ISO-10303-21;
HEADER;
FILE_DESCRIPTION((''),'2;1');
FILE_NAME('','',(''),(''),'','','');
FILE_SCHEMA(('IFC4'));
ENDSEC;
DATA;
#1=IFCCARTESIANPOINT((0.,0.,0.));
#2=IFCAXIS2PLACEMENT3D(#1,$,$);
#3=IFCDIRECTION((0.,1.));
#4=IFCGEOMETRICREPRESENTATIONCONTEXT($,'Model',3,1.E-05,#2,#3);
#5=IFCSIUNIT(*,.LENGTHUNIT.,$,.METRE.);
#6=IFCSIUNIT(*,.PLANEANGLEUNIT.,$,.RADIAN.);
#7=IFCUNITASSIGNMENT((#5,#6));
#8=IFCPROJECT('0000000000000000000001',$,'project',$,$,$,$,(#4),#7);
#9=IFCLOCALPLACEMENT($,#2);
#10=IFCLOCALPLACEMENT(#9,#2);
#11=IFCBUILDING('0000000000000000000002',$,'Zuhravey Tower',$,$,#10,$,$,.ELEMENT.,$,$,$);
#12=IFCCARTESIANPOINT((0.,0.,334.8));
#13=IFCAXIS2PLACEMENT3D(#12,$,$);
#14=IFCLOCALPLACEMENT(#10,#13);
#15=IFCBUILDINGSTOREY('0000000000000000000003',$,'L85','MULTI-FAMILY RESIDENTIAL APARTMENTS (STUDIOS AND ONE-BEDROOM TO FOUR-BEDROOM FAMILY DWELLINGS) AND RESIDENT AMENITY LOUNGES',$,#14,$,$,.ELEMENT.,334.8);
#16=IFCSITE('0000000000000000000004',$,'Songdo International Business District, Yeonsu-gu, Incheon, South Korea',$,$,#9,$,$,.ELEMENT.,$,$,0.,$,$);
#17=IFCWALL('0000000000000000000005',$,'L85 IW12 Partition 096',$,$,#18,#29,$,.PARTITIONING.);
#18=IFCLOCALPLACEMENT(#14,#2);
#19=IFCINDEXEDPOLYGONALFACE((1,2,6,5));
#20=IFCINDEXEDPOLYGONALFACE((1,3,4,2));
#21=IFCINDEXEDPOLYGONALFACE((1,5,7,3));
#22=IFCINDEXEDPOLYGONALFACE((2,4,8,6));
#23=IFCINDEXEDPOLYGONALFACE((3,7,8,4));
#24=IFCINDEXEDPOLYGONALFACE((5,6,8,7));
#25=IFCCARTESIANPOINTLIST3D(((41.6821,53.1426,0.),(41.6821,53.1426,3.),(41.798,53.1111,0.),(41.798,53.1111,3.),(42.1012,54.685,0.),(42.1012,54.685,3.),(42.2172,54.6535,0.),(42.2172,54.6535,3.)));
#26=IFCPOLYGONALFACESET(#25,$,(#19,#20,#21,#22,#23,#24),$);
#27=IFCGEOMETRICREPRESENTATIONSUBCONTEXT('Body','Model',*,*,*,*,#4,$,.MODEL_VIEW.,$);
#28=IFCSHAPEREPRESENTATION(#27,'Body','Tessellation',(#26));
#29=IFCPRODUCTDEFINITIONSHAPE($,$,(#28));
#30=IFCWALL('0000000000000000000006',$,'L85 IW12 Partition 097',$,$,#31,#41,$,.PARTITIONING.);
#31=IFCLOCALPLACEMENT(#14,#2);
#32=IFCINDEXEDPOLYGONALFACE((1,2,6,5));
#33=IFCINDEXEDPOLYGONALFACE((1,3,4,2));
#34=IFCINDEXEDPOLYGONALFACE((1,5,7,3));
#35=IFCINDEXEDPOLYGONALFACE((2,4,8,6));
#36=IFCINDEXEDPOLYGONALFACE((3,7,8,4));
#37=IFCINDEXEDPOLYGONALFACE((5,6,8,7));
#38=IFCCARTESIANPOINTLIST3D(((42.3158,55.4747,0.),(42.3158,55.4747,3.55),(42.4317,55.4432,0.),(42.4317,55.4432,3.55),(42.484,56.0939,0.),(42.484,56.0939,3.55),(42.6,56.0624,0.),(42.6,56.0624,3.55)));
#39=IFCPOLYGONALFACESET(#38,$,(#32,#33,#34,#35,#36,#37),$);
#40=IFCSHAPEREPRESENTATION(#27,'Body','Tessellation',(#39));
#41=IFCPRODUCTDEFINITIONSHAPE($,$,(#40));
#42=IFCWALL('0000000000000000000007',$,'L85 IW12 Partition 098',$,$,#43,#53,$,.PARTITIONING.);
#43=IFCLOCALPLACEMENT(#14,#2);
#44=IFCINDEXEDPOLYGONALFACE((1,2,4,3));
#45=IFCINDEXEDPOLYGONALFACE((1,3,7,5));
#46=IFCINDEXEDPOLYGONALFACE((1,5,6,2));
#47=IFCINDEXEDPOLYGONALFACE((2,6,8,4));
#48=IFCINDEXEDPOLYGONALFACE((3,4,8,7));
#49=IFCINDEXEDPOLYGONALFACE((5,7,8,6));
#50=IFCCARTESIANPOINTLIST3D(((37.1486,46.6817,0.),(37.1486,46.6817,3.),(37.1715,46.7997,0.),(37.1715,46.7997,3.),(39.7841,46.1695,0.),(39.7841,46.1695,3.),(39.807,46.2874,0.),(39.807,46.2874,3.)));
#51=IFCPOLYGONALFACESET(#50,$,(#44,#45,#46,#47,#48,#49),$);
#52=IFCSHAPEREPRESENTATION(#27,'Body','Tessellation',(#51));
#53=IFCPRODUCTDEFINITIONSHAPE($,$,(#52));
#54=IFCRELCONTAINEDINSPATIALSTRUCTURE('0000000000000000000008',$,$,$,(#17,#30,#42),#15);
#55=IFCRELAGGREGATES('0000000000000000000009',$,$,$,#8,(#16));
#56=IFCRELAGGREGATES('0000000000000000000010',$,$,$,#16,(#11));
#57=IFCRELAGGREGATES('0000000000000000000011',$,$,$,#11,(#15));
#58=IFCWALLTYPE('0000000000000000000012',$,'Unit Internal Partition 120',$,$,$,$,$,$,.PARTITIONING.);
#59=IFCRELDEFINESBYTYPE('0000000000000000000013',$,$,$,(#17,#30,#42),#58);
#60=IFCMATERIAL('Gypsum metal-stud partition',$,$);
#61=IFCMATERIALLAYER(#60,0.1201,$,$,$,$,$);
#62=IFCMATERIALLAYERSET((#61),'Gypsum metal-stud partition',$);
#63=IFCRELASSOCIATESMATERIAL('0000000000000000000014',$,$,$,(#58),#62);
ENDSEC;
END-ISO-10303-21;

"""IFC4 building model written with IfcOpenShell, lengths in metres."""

from ifc_helpers import new_model, si_unit, direction, frame, frame_2d, origin, place, context, subcontext, project, spatial, rectangle, extrude, material, layer, layer_set, type_object, element, save


model = new_model("IFC4")

# Units and contexts
model_context = context("Model", 3, precision=1e-05, world=origin(), true_north=direction((0.0, 1.0)))
body_context = subcontext(model_context, "Body", "Model", "MODEL_VIEW")
ifc_project = project(units=[si_unit("LENGTHUNIT", "METRE"), si_unit("PLANEANGLEUNIT", "RADIAN")], contexts=[model_context])

# Site, building, storey
site_placement = place(None, origin())
site = spatial("IfcSite", under=ifc_project, at=site_placement, Name="Songdo International Business District, Yeonsu-gu, Incheon, South Korea", CompositionType="ELEMENT", RefElevation=0.0)
building_placement = place(site_placement, origin())
building = spatial("IfcBuilding", under=site, at=building_placement, Name="Zuhravey Tower", CompositionType="ELEMENT")
storey_placement = place(building_placement, frame((0.0, 0.0, 334.8)))
storey = spatial("IfcBuildingStorey", under=building, at=storey_placement, Name="L85", Description="MULTI-FAMILY RESIDENTIAL APARTMENTS (STUDIOS AND ONE-BEDROOM TO FOUR-BEDROOM FAMILY DWELLINGS) AND RESIDENT AMENITY LOUNGES", CompositionType="ELEMENT", Elevation=334.8)

# Shared definitions
ifc_material_1 = material(Name="Gypsum metal-stud partition")
ifc_layer_1 = layer(ifc_material_1, 0.1201)
ifc_layer_set_1 = layer_set([ifc_layer_1], Name="Gypsum metal-stud partition")
wall_type_1 = type_object("IfcWallType", Name="Unit Internal Partition 120", PredefinedType="PARTITIONING", material=ifc_layer_set_1)

# Walls
wall_1_placement = place(storey_placement, frame((41.74, 53.1267, 0.0), z_axis=(0.0, 0.0, 1.0), x_axis=(0.262251, 0.965, 0.0)))
element("IfcWall", 1, at=wall_1_placement, inside=storey, type_object=wall_type_1, Name="L85 IW12 Partition 096", PredefinedType="PARTITIONING", context=body_context, shape_type="SweptSolid", body=[
    extrude(rectangle(XDim=1.5984, YDim=0.1201, at=frame_2d((0.7993, 0.0))), origin(), (0.0, 0.0, 1.0), 3.0),
])
wall_2_placement = place(storey_placement, frame((42.3738, 55.459, 0.0), z_axis=(0.0, 0.0, 1.0), x_axis=(0.262184, 0.965018, 0.0)))
element("IfcWall", 2, at=wall_2_placement, inside=storey, type_object=wall_type_1, Name="L85 IW12 Partition 097", PredefinedType="PARTITIONING", context=body_context, shape_type="SweptSolid", body=[
    extrude(rectangle(XDim=0.6416, YDim=0.1201, at=frame_2d((0.3208, 0.0))), origin(), (0.0, 0.0, 1.0), 3.55),
])
wall_3_placement = place(storey_placement, frame((39.7954, 46.2285, 0.0), z_axis=(0.0, 0.0, 1.0), x_axis=(-0.981633, 0.19078, 0.0)))
element("IfcWall", 3, at=wall_3_placement, inside=storey, type_object=wall_type_1, Name="L85 IW12 Partition 098", PredefinedType="PARTITIONING", context=body_context, shape_type="SweptSolid", body=[
    extrude(rectangle(XDim=2.6848, YDim=0.1201, at=frame_2d((1.3423, 0.0))), origin(), (0.0, 0.0, 1.0), 3.0),
])

save(model, "model.ifc")
